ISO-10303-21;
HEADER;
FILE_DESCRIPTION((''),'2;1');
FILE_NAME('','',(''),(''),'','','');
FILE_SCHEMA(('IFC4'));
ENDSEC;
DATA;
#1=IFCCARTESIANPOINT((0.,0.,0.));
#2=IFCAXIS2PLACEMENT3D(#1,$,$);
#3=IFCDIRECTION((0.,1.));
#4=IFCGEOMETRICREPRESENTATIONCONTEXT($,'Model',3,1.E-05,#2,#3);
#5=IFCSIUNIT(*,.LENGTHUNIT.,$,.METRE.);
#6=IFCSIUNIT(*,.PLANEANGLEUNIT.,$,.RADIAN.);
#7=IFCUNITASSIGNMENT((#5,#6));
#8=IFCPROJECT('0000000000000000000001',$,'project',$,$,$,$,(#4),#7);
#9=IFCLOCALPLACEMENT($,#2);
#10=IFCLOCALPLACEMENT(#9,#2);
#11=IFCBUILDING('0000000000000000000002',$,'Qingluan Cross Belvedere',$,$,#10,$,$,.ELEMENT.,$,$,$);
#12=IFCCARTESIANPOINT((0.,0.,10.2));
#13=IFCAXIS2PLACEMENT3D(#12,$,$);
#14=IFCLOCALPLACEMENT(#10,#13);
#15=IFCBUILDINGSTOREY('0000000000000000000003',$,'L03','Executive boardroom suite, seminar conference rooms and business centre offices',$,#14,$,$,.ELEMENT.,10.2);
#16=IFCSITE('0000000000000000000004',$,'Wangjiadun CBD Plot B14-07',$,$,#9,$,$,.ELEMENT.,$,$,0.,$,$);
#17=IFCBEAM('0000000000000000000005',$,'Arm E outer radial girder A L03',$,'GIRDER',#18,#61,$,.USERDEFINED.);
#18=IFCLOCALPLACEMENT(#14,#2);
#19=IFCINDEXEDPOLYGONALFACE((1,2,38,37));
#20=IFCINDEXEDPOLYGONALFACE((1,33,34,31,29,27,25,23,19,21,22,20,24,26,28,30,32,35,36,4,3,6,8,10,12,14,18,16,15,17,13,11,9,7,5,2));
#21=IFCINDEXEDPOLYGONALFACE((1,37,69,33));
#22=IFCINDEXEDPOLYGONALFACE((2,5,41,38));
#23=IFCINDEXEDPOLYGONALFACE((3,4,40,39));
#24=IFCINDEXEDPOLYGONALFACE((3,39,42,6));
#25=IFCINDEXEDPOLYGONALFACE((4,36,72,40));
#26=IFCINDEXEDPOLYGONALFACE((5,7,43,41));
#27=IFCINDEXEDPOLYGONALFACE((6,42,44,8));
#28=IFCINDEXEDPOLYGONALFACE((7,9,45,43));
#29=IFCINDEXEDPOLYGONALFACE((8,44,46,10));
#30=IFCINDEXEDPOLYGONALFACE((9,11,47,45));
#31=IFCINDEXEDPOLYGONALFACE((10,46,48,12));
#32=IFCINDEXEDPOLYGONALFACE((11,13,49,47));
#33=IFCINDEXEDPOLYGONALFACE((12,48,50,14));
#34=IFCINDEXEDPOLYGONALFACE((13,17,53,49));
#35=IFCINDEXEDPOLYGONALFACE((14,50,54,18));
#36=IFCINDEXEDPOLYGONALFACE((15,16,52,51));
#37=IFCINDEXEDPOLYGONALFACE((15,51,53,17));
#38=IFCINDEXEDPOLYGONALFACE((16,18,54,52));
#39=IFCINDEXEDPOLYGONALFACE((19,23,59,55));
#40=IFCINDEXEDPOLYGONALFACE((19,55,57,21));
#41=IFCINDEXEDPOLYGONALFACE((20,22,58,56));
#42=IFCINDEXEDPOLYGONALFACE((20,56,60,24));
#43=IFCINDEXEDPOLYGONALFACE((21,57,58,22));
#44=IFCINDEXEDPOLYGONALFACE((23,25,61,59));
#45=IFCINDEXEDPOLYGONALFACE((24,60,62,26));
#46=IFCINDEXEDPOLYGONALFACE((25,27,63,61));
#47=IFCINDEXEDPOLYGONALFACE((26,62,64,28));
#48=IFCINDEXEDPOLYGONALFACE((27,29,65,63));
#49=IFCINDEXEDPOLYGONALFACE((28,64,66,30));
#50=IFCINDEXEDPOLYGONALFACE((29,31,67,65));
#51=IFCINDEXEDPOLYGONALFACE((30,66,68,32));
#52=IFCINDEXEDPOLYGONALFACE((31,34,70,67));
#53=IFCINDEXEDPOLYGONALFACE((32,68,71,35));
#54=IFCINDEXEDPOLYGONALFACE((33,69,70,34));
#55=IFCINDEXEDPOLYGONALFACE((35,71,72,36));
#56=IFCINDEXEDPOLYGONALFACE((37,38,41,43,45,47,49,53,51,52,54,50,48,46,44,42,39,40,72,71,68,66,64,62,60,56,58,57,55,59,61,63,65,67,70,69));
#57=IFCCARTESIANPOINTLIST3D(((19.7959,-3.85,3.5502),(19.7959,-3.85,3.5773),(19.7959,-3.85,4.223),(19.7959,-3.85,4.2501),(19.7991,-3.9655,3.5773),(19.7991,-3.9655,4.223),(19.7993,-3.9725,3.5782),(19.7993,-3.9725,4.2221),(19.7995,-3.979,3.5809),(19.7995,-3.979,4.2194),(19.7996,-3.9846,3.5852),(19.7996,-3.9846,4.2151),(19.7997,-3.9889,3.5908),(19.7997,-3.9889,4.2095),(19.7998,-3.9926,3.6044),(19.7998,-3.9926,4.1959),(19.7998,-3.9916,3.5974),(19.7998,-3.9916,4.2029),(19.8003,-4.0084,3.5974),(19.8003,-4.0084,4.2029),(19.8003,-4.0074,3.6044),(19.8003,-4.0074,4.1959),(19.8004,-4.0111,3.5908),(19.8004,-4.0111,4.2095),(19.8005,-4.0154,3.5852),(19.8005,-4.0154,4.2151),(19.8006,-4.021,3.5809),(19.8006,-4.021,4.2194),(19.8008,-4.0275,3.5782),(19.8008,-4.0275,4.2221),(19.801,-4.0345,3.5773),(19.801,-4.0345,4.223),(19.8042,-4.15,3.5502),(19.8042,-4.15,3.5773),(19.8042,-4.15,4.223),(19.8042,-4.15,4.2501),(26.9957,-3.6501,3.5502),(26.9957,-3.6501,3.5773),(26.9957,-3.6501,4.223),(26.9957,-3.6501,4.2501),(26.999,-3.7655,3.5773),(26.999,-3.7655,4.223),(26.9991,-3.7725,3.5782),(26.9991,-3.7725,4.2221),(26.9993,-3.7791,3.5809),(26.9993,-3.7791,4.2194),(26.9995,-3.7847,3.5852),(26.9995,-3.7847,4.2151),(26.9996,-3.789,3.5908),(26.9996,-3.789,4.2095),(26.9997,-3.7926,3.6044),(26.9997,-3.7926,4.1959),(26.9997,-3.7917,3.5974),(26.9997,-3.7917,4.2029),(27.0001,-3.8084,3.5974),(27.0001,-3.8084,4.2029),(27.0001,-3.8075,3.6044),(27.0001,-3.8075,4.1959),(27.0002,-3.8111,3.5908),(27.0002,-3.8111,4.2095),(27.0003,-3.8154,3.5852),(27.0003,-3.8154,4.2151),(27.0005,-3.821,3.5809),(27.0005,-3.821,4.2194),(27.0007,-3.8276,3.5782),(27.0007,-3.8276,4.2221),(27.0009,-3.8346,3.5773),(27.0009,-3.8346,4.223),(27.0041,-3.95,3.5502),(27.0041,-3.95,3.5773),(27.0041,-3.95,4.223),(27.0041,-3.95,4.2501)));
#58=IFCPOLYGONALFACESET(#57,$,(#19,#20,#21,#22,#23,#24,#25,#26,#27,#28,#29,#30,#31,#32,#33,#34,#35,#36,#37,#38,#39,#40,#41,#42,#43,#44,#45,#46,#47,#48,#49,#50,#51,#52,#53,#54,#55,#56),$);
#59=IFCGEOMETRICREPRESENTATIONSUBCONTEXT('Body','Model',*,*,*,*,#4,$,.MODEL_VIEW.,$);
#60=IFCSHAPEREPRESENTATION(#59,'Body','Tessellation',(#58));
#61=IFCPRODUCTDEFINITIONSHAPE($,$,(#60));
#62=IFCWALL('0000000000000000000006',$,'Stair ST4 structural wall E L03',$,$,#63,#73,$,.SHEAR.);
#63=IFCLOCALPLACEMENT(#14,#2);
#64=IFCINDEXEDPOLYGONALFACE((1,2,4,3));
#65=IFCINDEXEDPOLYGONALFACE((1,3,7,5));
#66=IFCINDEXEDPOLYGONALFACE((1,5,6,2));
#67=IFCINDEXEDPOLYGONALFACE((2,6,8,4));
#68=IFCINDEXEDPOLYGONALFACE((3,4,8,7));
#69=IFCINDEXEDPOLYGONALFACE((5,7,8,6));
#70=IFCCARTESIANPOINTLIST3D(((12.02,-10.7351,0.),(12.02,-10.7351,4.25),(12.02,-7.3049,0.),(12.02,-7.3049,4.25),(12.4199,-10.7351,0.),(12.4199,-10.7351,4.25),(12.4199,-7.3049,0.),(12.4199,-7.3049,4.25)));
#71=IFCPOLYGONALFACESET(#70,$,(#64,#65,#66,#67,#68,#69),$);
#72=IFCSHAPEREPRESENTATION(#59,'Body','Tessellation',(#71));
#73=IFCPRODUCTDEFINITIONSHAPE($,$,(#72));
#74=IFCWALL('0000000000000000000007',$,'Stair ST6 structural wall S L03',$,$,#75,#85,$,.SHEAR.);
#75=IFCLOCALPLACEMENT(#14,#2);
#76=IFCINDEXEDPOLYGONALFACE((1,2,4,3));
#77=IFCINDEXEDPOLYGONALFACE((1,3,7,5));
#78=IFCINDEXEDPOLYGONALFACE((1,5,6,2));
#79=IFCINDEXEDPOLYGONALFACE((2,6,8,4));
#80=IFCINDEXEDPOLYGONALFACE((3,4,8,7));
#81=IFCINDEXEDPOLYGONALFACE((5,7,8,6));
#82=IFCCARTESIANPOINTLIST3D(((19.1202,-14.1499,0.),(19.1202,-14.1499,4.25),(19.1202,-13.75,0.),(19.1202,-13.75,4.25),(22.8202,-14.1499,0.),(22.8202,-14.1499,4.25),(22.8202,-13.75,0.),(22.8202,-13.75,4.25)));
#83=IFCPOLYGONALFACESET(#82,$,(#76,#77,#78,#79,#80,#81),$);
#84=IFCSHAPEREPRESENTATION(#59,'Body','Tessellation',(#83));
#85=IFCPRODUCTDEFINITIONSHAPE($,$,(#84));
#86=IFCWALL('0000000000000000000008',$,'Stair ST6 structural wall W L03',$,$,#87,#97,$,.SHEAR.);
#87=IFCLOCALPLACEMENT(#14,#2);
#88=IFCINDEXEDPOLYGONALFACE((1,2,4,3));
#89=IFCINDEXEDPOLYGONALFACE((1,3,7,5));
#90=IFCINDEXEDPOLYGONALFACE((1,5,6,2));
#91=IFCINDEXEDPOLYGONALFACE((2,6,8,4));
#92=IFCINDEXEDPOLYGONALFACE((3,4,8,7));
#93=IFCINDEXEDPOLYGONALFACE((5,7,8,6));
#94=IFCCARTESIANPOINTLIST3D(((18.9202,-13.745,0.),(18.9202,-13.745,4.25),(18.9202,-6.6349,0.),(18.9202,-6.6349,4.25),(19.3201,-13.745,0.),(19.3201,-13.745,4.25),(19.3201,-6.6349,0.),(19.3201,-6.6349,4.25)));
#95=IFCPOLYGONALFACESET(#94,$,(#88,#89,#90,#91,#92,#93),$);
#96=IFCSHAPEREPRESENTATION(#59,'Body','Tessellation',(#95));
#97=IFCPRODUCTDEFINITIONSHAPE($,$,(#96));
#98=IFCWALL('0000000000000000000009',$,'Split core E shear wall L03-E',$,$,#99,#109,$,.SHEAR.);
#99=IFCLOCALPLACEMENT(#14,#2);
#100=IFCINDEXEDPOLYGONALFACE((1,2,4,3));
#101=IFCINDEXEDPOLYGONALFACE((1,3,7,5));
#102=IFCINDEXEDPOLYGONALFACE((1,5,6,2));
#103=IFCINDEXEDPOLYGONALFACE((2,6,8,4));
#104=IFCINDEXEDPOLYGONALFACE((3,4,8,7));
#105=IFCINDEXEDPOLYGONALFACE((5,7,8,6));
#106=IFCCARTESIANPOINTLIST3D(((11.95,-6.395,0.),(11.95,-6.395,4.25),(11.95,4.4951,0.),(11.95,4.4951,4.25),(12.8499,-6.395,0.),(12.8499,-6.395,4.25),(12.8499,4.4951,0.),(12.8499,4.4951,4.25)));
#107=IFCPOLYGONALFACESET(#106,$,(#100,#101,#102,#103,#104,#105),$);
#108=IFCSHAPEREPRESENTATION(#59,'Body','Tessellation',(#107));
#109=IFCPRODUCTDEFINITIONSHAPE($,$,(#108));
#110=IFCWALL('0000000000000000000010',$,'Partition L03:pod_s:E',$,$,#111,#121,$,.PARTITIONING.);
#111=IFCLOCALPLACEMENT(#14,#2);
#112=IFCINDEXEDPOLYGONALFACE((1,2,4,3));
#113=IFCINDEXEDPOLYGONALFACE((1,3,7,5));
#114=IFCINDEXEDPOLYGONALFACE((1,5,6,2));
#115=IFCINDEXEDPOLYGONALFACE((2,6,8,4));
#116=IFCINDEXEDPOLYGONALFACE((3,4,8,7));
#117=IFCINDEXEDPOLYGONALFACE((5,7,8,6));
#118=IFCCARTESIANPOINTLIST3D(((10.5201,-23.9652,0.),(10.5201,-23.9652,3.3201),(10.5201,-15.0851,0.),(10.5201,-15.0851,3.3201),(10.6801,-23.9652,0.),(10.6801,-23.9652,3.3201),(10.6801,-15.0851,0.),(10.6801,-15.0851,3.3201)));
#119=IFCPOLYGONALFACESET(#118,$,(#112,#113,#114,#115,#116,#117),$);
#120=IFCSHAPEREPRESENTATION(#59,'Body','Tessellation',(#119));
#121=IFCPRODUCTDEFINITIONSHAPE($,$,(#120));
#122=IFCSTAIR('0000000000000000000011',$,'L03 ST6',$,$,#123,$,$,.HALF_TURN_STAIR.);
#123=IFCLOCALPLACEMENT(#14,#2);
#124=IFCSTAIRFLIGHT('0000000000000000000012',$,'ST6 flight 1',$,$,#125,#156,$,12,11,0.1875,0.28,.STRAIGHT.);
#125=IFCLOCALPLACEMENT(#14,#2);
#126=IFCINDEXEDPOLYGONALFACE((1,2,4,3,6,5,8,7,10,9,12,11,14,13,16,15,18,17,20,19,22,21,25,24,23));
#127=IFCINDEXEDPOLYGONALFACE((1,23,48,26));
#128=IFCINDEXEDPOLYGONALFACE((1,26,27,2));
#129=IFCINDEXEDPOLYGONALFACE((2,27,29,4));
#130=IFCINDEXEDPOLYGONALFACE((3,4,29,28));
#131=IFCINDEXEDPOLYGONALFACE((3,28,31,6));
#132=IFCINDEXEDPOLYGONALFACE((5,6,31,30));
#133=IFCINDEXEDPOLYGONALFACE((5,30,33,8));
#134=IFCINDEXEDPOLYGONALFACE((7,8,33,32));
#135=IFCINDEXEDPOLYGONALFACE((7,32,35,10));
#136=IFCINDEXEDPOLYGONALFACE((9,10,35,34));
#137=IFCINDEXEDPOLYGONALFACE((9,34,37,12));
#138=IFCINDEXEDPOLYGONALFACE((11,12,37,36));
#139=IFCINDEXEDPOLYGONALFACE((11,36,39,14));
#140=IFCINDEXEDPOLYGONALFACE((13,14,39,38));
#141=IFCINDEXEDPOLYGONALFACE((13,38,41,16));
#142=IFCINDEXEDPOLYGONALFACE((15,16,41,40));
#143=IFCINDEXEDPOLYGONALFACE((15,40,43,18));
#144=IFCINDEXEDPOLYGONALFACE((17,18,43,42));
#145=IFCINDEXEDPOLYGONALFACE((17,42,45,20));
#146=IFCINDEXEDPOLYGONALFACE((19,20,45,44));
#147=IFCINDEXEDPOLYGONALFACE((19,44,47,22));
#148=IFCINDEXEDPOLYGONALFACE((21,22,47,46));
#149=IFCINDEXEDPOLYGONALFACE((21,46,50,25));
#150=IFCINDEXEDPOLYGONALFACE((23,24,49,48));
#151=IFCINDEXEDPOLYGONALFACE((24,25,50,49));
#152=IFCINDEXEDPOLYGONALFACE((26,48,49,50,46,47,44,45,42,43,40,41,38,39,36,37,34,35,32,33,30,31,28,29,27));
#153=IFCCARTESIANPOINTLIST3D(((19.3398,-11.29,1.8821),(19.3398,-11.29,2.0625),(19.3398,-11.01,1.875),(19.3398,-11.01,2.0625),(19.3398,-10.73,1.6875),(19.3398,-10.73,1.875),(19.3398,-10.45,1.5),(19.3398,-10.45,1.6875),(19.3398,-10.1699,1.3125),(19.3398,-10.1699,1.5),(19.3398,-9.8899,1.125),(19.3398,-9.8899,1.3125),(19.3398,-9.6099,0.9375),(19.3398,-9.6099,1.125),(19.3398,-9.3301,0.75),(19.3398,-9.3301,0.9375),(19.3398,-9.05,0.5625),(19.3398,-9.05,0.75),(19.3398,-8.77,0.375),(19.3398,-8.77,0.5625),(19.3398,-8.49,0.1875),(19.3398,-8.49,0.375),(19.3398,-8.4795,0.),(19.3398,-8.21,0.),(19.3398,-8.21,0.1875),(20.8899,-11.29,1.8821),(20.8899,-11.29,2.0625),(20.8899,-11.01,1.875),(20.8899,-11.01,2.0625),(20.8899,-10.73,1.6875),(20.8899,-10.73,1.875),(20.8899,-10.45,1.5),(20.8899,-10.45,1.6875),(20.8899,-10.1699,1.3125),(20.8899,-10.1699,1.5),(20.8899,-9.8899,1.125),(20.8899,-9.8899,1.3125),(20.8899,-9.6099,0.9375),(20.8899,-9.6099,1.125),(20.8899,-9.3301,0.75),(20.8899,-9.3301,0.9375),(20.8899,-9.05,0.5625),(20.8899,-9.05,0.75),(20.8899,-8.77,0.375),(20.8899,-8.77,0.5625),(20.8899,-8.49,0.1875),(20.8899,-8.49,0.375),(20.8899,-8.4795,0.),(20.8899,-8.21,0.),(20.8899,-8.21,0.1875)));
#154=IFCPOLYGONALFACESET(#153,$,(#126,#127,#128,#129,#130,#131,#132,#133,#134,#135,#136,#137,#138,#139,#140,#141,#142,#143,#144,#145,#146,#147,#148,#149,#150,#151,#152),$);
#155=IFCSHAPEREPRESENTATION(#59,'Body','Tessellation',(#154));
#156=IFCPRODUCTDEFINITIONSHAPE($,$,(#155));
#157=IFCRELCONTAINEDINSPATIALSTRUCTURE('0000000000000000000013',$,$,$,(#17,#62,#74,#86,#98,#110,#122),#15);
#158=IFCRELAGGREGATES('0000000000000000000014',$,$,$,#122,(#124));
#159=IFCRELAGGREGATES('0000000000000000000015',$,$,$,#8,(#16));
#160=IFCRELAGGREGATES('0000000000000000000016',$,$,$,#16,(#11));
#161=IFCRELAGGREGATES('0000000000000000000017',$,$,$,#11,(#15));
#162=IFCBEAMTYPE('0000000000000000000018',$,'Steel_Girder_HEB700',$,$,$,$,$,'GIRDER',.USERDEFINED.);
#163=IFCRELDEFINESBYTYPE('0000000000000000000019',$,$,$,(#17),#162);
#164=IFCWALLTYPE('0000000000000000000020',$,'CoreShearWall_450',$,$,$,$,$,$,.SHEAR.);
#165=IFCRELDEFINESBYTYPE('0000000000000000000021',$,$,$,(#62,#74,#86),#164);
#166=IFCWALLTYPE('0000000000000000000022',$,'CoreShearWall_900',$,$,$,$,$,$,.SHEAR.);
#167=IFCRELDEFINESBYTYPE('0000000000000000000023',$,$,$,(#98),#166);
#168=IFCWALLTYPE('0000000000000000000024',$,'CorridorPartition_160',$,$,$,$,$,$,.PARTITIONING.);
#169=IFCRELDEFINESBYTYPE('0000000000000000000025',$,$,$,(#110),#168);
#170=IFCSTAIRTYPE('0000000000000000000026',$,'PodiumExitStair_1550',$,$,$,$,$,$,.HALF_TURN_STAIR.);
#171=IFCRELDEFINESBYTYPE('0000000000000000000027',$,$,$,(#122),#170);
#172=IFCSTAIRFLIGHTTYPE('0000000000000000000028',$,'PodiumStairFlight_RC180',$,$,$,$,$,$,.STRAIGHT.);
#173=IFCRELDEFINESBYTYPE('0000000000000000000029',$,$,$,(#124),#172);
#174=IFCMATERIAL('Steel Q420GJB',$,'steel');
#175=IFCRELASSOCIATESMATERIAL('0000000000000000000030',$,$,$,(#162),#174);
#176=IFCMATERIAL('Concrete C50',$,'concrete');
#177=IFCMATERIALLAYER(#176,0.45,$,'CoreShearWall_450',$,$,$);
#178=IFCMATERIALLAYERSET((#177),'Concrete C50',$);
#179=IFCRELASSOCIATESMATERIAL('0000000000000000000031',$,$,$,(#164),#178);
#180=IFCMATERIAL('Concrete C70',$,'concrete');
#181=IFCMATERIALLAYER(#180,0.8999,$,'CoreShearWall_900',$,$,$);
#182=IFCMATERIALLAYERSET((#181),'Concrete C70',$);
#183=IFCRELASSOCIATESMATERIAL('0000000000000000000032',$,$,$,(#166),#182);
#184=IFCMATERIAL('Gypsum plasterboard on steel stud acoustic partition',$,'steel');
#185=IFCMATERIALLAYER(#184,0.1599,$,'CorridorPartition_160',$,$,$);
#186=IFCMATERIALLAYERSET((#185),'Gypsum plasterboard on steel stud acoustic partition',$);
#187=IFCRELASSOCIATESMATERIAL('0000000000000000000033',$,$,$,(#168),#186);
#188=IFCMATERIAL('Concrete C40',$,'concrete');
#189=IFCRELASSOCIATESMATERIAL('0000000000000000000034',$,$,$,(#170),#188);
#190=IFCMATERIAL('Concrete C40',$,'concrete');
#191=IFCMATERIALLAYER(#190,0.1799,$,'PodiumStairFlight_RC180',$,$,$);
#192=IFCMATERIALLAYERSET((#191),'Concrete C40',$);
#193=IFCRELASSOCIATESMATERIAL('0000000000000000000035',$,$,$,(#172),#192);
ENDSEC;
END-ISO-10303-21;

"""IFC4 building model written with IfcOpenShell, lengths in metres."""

from ifc_helpers import new_model, si_unit, direction, frame, frame_2d, origin, origin_2d, place, context, subcontext, project, spatial, polyline, rectangle, i_section, outline, extrude, material, layer, layer_set, material_profile, profile_set, type_object, element, aggregate, save


model = new_model("IFC4")

# Units and contexts
model_context = context("Model", 3, precision=1e-05, world=origin(), true_north=direction((0.0, 1.0)))
body_context = subcontext(model_context, "Body", "Model", "MODEL_VIEW")
ifc_project = project(units=[si_unit("LENGTHUNIT", "METRE"), si_unit("PLANEANGLEUNIT", "RADIAN")], contexts=[model_context])

# Site, building, storey
site_placement = place(None, origin())
site = spatial("IfcSite", under=ifc_project, at=site_placement, Name="Wangjiadun CBD Plot B14-07", CompositionType="ELEMENT", RefElevation=0.0)
building_placement = place(site_placement, origin())
building = spatial("IfcBuilding", under=site, at=building_placement, Name="Qingluan Cross Belvedere", CompositionType="ELEMENT")
storey_placement = place(building_placement, frame((0.0, 0.0, 10.2)))
storey = spatial("IfcBuildingStorey", under=building, at=storey_placement, Name="L03", Description="Executive boardroom suite, seminar conference rooms and business centre offices", CompositionType="ELEMENT", Elevation=10.2)

# Beam
ifc_material_1 = material(Name="Steel Q420GJB", Category="steel")
ifc_material_profile_1 = material_profile(ifc_material_1, i_section(OverallWidth=0.3, OverallDepth=0.7, WebThickness=0.0149, FlangeThickness=0.0271, FilletRadius=0.0271, at=origin_2d()), Name="HEB700")
ifc_profile_set_1 = profile_set([ifc_material_profile_1], Name="Steel Q420GJB")
beam_type_1 = type_object("IfcBeamType", Name="Steel_Girder_HEB700", ElementType="GIRDER", PredefinedType="USERDEFINED", material=ifc_profile_set_1)
beam_1_placement = place(storey_placement, frame((19.8, -4.0, 3.9001), z_axis=(0.999615, 0.02776, 0.0), x_axis=(-0.02776, 0.999615, 0.0)))
element("IfcBeam", 1, at=beam_1_placement, inside=storey, type_object=beam_type_1, Name="Arm E outer radial girder A L03", ObjectType="GIRDER", PredefinedType="USERDEFINED", context=body_context, shape_type="SweptSolid", body=[
    extrude(i_section(OverallWidth=0.3, OverallDepth=0.7, WebThickness=0.0149, FlangeThickness=0.0271, FilletRadius=0.0271, at=origin_2d()), origin(), (0.0, 0.0, 1.0), 7.2026),
])

# Wall
ifc_material_2 = material(Name="Concrete C50", Category="concrete")
ifc_layer_1 = layer(ifc_material_2, 0.45, Name="CoreShearWall_450")
ifc_layer_set_1 = layer_set([ifc_layer_1], Name="Concrete C50")
wall_type_1 = type_object("IfcWallType", Name="CoreShearWall_450", PredefinedType="SHEAR", material=ifc_layer_set_1)
wall_1_placement = place(storey_placement, frame((12.22, -10.7351, 0.0), z_axis=(0.0, 0.0, 1.0), x_axis=(0.0, 1.0, 0.0)))
element("IfcWall", 2, at=wall_1_placement, inside=storey, type_object=wall_type_1, Name="Stair ST4 structural wall E L03", PredefinedType="SHEAR", context=body_context, shape_type="SweptSolid", body=[
    extrude(rectangle(XDim=3.4302, YDim=0.3999, at=frame_2d((1.7151, 0.0))), origin(), (0.0, 0.0, 1.0), 4.25),
])

# Walls
wall_2_placement = place(storey_placement, frame((19.1201, -13.95, 0.0), z_axis=(0.0, 0.0, 1.0), x_axis=(1.0, 0.0, 0.0)))
element("IfcWall", 3, at=wall_2_placement, inside=storey, type_object=wall_type_1, Name="Stair ST6 structural wall S L03", PredefinedType="SHEAR", context=body_context, shape_type="SweptSolid", body=[
    extrude(rectangle(XDim=3.7, YDim=0.3999, at=frame_2d((1.8501, 0.0))), origin(), (0.0, 0.0, 1.0), 4.25),
])
wall_3_placement = place(storey_placement, frame((19.1201, -13.7451, 0.0), z_axis=(0.0, 0.0, 1.0), x_axis=(0.0, 1.0, 0.0)))
element("IfcWall", 4, at=wall_3_placement, inside=storey, type_object=wall_type_1, Name="Stair ST6 structural wall W L03", PredefinedType="SHEAR", context=body_context, shape_type="SweptSolid", body=[
    extrude(rectangle(XDim=7.1101, YDim=0.3999, at=frame_2d((3.5552, 0.0))), origin(), (0.0, 0.0, 1.0), 4.25),
])
ifc_material_3 = material(Name="Concrete C70", Category="concrete")
ifc_layer_2 = layer(ifc_material_3, 0.8999, Name="CoreShearWall_900")
ifc_layer_set_2 = layer_set([ifc_layer_2], Name="Concrete C70")
wall_type_2 = type_object("IfcWallType", Name="CoreShearWall_900", PredefinedType="SHEAR", material=ifc_layer_set_2)
wall_4_placement = place(storey_placement, frame((12.3999, -6.395, 0.0), z_axis=(0.0, 0.0, 1.0), x_axis=(0.0, 1.0, 0.0)))
element("IfcWall", 5, at=wall_4_placement, inside=storey, type_object=wall_type_2, Name="Split core E shear wall L03-E", PredefinedType="SHEAR", context=body_context, shape_type="SweptSolid", body=[
    extrude(rectangle(XDim=10.8901, YDim=0.8999, at=frame_2d((5.4451, 0.0))), origin(), (0.0, 0.0, 1.0), 4.25),
])
ifc_material_4 = material(Name="Gypsum plasterboard on steel stud acoustic partition", Category="steel")
ifc_layer_3 = layer(ifc_material_4, 0.1599, Name="CorridorPartition_160")
ifc_layer_set_3 = layer_set([ifc_layer_3], Name="Gypsum plasterboard on steel stud acoustic partition")
wall_type_3 = type_object("IfcWallType", Name="CorridorPartition_160", PredefinedType="PARTITIONING", material=ifc_layer_set_3)
wall_5_placement = place(storey_placement, frame((10.6001, -23.9651, 0.0), z_axis=(0.0, 0.0, 1.0), x_axis=(0.0, 1.0, 0.0)))
element("IfcWall", 6, at=wall_5_placement, inside=storey, type_object=wall_type_3, Name="Partition L03:pod_s:E", PredefinedType="PARTITIONING", context=body_context, shape_type="SweptSolid", body=[
    extrude(rectangle(XDim=8.8801, YDim=0.1599, at=frame_2d((4.4399, 0.0))), origin(), (0.0, 0.0, 1.0), 3.3201),
])

# Stair, stair flight
ifc_material_5 = material(Name="Concrete C40", Category="concrete")
stair_type = type_object("IfcStairType", Name="PodiumExitStair_1550", PredefinedType="HALF_TURN_STAIR", material=ifc_material_5)
stair_placement = place(storey_placement, origin())
stair = element("IfcStair", 7, at=stair_placement, inside=storey, type_object=stair_type, Name="L03 ST6", PredefinedType="HALF_TURN_STAIR")
ifc_material_6 = material(Name="Concrete C40", Category="concrete")
ifc_layer_4 = layer(ifc_material_6, 0.1799, Name="PodiumStairFlight_RC180")
ifc_layer_set_4 = layer_set([ifc_layer_4], Name="Concrete C40")
stair_flight_type = type_object("IfcStairFlightType", Name="PodiumStairFlight_RC180", PredefinedType="STRAIGHT", material=ifc_layer_set_4)
stair_flight_placement = place(storey_placement, frame((20.115, -8.21, 0.0), z_axis=(0.0, 0.0, 1.0), x_axis=(0.0, -1.0, 0.0)))
stair_flight = element("IfcStairFlight", 8, at=stair_flight_placement, type_object=stair_flight_type, Name="ST6 flight 1", NumberOfRisers=12, NumberOfTreads=11, PredefinedType="STRAIGHT", RiserHeight=0.1875, TreadLength=0.28, context=body_context, shape_type="SweptSolid", body=[
    extrude(outline(polyline([(0.0, 0.0), (0.0, 0.1875), (0.28, 0.1875), (0.28, 0.375), (0.5601, 0.375), (0.5601, 0.5625), (0.8401, 0.5625), (0.8401, 0.75), (1.1201, 0.75), (1.1201, 0.9375), (1.3999, 0.9375), (1.3999, 1.125), (1.6799, 1.125), (1.6799, 1.3125), (1.96, 1.3125), (1.96, 1.5), (2.24, 1.5), (2.24, 1.6875), (2.52, 1.6875), (2.52, 1.875), (2.8, 1.875), (2.8, 2.0625), (3.0801, 2.0625), (3.0801, 2.25), (3.0801, 1.8821), (0.2695, 0.0), (0.0, 0.0)])), frame((0.0, 0.7749, 0.0), z_axis=(0.0, -1.0, 0.0), x_axis=(1.0, 0.0, 0.0)), (0.0, 0.0, 1.0), 1.55),
])
aggregate(stair, [stair_flight])

save(model, "model.ifc")
